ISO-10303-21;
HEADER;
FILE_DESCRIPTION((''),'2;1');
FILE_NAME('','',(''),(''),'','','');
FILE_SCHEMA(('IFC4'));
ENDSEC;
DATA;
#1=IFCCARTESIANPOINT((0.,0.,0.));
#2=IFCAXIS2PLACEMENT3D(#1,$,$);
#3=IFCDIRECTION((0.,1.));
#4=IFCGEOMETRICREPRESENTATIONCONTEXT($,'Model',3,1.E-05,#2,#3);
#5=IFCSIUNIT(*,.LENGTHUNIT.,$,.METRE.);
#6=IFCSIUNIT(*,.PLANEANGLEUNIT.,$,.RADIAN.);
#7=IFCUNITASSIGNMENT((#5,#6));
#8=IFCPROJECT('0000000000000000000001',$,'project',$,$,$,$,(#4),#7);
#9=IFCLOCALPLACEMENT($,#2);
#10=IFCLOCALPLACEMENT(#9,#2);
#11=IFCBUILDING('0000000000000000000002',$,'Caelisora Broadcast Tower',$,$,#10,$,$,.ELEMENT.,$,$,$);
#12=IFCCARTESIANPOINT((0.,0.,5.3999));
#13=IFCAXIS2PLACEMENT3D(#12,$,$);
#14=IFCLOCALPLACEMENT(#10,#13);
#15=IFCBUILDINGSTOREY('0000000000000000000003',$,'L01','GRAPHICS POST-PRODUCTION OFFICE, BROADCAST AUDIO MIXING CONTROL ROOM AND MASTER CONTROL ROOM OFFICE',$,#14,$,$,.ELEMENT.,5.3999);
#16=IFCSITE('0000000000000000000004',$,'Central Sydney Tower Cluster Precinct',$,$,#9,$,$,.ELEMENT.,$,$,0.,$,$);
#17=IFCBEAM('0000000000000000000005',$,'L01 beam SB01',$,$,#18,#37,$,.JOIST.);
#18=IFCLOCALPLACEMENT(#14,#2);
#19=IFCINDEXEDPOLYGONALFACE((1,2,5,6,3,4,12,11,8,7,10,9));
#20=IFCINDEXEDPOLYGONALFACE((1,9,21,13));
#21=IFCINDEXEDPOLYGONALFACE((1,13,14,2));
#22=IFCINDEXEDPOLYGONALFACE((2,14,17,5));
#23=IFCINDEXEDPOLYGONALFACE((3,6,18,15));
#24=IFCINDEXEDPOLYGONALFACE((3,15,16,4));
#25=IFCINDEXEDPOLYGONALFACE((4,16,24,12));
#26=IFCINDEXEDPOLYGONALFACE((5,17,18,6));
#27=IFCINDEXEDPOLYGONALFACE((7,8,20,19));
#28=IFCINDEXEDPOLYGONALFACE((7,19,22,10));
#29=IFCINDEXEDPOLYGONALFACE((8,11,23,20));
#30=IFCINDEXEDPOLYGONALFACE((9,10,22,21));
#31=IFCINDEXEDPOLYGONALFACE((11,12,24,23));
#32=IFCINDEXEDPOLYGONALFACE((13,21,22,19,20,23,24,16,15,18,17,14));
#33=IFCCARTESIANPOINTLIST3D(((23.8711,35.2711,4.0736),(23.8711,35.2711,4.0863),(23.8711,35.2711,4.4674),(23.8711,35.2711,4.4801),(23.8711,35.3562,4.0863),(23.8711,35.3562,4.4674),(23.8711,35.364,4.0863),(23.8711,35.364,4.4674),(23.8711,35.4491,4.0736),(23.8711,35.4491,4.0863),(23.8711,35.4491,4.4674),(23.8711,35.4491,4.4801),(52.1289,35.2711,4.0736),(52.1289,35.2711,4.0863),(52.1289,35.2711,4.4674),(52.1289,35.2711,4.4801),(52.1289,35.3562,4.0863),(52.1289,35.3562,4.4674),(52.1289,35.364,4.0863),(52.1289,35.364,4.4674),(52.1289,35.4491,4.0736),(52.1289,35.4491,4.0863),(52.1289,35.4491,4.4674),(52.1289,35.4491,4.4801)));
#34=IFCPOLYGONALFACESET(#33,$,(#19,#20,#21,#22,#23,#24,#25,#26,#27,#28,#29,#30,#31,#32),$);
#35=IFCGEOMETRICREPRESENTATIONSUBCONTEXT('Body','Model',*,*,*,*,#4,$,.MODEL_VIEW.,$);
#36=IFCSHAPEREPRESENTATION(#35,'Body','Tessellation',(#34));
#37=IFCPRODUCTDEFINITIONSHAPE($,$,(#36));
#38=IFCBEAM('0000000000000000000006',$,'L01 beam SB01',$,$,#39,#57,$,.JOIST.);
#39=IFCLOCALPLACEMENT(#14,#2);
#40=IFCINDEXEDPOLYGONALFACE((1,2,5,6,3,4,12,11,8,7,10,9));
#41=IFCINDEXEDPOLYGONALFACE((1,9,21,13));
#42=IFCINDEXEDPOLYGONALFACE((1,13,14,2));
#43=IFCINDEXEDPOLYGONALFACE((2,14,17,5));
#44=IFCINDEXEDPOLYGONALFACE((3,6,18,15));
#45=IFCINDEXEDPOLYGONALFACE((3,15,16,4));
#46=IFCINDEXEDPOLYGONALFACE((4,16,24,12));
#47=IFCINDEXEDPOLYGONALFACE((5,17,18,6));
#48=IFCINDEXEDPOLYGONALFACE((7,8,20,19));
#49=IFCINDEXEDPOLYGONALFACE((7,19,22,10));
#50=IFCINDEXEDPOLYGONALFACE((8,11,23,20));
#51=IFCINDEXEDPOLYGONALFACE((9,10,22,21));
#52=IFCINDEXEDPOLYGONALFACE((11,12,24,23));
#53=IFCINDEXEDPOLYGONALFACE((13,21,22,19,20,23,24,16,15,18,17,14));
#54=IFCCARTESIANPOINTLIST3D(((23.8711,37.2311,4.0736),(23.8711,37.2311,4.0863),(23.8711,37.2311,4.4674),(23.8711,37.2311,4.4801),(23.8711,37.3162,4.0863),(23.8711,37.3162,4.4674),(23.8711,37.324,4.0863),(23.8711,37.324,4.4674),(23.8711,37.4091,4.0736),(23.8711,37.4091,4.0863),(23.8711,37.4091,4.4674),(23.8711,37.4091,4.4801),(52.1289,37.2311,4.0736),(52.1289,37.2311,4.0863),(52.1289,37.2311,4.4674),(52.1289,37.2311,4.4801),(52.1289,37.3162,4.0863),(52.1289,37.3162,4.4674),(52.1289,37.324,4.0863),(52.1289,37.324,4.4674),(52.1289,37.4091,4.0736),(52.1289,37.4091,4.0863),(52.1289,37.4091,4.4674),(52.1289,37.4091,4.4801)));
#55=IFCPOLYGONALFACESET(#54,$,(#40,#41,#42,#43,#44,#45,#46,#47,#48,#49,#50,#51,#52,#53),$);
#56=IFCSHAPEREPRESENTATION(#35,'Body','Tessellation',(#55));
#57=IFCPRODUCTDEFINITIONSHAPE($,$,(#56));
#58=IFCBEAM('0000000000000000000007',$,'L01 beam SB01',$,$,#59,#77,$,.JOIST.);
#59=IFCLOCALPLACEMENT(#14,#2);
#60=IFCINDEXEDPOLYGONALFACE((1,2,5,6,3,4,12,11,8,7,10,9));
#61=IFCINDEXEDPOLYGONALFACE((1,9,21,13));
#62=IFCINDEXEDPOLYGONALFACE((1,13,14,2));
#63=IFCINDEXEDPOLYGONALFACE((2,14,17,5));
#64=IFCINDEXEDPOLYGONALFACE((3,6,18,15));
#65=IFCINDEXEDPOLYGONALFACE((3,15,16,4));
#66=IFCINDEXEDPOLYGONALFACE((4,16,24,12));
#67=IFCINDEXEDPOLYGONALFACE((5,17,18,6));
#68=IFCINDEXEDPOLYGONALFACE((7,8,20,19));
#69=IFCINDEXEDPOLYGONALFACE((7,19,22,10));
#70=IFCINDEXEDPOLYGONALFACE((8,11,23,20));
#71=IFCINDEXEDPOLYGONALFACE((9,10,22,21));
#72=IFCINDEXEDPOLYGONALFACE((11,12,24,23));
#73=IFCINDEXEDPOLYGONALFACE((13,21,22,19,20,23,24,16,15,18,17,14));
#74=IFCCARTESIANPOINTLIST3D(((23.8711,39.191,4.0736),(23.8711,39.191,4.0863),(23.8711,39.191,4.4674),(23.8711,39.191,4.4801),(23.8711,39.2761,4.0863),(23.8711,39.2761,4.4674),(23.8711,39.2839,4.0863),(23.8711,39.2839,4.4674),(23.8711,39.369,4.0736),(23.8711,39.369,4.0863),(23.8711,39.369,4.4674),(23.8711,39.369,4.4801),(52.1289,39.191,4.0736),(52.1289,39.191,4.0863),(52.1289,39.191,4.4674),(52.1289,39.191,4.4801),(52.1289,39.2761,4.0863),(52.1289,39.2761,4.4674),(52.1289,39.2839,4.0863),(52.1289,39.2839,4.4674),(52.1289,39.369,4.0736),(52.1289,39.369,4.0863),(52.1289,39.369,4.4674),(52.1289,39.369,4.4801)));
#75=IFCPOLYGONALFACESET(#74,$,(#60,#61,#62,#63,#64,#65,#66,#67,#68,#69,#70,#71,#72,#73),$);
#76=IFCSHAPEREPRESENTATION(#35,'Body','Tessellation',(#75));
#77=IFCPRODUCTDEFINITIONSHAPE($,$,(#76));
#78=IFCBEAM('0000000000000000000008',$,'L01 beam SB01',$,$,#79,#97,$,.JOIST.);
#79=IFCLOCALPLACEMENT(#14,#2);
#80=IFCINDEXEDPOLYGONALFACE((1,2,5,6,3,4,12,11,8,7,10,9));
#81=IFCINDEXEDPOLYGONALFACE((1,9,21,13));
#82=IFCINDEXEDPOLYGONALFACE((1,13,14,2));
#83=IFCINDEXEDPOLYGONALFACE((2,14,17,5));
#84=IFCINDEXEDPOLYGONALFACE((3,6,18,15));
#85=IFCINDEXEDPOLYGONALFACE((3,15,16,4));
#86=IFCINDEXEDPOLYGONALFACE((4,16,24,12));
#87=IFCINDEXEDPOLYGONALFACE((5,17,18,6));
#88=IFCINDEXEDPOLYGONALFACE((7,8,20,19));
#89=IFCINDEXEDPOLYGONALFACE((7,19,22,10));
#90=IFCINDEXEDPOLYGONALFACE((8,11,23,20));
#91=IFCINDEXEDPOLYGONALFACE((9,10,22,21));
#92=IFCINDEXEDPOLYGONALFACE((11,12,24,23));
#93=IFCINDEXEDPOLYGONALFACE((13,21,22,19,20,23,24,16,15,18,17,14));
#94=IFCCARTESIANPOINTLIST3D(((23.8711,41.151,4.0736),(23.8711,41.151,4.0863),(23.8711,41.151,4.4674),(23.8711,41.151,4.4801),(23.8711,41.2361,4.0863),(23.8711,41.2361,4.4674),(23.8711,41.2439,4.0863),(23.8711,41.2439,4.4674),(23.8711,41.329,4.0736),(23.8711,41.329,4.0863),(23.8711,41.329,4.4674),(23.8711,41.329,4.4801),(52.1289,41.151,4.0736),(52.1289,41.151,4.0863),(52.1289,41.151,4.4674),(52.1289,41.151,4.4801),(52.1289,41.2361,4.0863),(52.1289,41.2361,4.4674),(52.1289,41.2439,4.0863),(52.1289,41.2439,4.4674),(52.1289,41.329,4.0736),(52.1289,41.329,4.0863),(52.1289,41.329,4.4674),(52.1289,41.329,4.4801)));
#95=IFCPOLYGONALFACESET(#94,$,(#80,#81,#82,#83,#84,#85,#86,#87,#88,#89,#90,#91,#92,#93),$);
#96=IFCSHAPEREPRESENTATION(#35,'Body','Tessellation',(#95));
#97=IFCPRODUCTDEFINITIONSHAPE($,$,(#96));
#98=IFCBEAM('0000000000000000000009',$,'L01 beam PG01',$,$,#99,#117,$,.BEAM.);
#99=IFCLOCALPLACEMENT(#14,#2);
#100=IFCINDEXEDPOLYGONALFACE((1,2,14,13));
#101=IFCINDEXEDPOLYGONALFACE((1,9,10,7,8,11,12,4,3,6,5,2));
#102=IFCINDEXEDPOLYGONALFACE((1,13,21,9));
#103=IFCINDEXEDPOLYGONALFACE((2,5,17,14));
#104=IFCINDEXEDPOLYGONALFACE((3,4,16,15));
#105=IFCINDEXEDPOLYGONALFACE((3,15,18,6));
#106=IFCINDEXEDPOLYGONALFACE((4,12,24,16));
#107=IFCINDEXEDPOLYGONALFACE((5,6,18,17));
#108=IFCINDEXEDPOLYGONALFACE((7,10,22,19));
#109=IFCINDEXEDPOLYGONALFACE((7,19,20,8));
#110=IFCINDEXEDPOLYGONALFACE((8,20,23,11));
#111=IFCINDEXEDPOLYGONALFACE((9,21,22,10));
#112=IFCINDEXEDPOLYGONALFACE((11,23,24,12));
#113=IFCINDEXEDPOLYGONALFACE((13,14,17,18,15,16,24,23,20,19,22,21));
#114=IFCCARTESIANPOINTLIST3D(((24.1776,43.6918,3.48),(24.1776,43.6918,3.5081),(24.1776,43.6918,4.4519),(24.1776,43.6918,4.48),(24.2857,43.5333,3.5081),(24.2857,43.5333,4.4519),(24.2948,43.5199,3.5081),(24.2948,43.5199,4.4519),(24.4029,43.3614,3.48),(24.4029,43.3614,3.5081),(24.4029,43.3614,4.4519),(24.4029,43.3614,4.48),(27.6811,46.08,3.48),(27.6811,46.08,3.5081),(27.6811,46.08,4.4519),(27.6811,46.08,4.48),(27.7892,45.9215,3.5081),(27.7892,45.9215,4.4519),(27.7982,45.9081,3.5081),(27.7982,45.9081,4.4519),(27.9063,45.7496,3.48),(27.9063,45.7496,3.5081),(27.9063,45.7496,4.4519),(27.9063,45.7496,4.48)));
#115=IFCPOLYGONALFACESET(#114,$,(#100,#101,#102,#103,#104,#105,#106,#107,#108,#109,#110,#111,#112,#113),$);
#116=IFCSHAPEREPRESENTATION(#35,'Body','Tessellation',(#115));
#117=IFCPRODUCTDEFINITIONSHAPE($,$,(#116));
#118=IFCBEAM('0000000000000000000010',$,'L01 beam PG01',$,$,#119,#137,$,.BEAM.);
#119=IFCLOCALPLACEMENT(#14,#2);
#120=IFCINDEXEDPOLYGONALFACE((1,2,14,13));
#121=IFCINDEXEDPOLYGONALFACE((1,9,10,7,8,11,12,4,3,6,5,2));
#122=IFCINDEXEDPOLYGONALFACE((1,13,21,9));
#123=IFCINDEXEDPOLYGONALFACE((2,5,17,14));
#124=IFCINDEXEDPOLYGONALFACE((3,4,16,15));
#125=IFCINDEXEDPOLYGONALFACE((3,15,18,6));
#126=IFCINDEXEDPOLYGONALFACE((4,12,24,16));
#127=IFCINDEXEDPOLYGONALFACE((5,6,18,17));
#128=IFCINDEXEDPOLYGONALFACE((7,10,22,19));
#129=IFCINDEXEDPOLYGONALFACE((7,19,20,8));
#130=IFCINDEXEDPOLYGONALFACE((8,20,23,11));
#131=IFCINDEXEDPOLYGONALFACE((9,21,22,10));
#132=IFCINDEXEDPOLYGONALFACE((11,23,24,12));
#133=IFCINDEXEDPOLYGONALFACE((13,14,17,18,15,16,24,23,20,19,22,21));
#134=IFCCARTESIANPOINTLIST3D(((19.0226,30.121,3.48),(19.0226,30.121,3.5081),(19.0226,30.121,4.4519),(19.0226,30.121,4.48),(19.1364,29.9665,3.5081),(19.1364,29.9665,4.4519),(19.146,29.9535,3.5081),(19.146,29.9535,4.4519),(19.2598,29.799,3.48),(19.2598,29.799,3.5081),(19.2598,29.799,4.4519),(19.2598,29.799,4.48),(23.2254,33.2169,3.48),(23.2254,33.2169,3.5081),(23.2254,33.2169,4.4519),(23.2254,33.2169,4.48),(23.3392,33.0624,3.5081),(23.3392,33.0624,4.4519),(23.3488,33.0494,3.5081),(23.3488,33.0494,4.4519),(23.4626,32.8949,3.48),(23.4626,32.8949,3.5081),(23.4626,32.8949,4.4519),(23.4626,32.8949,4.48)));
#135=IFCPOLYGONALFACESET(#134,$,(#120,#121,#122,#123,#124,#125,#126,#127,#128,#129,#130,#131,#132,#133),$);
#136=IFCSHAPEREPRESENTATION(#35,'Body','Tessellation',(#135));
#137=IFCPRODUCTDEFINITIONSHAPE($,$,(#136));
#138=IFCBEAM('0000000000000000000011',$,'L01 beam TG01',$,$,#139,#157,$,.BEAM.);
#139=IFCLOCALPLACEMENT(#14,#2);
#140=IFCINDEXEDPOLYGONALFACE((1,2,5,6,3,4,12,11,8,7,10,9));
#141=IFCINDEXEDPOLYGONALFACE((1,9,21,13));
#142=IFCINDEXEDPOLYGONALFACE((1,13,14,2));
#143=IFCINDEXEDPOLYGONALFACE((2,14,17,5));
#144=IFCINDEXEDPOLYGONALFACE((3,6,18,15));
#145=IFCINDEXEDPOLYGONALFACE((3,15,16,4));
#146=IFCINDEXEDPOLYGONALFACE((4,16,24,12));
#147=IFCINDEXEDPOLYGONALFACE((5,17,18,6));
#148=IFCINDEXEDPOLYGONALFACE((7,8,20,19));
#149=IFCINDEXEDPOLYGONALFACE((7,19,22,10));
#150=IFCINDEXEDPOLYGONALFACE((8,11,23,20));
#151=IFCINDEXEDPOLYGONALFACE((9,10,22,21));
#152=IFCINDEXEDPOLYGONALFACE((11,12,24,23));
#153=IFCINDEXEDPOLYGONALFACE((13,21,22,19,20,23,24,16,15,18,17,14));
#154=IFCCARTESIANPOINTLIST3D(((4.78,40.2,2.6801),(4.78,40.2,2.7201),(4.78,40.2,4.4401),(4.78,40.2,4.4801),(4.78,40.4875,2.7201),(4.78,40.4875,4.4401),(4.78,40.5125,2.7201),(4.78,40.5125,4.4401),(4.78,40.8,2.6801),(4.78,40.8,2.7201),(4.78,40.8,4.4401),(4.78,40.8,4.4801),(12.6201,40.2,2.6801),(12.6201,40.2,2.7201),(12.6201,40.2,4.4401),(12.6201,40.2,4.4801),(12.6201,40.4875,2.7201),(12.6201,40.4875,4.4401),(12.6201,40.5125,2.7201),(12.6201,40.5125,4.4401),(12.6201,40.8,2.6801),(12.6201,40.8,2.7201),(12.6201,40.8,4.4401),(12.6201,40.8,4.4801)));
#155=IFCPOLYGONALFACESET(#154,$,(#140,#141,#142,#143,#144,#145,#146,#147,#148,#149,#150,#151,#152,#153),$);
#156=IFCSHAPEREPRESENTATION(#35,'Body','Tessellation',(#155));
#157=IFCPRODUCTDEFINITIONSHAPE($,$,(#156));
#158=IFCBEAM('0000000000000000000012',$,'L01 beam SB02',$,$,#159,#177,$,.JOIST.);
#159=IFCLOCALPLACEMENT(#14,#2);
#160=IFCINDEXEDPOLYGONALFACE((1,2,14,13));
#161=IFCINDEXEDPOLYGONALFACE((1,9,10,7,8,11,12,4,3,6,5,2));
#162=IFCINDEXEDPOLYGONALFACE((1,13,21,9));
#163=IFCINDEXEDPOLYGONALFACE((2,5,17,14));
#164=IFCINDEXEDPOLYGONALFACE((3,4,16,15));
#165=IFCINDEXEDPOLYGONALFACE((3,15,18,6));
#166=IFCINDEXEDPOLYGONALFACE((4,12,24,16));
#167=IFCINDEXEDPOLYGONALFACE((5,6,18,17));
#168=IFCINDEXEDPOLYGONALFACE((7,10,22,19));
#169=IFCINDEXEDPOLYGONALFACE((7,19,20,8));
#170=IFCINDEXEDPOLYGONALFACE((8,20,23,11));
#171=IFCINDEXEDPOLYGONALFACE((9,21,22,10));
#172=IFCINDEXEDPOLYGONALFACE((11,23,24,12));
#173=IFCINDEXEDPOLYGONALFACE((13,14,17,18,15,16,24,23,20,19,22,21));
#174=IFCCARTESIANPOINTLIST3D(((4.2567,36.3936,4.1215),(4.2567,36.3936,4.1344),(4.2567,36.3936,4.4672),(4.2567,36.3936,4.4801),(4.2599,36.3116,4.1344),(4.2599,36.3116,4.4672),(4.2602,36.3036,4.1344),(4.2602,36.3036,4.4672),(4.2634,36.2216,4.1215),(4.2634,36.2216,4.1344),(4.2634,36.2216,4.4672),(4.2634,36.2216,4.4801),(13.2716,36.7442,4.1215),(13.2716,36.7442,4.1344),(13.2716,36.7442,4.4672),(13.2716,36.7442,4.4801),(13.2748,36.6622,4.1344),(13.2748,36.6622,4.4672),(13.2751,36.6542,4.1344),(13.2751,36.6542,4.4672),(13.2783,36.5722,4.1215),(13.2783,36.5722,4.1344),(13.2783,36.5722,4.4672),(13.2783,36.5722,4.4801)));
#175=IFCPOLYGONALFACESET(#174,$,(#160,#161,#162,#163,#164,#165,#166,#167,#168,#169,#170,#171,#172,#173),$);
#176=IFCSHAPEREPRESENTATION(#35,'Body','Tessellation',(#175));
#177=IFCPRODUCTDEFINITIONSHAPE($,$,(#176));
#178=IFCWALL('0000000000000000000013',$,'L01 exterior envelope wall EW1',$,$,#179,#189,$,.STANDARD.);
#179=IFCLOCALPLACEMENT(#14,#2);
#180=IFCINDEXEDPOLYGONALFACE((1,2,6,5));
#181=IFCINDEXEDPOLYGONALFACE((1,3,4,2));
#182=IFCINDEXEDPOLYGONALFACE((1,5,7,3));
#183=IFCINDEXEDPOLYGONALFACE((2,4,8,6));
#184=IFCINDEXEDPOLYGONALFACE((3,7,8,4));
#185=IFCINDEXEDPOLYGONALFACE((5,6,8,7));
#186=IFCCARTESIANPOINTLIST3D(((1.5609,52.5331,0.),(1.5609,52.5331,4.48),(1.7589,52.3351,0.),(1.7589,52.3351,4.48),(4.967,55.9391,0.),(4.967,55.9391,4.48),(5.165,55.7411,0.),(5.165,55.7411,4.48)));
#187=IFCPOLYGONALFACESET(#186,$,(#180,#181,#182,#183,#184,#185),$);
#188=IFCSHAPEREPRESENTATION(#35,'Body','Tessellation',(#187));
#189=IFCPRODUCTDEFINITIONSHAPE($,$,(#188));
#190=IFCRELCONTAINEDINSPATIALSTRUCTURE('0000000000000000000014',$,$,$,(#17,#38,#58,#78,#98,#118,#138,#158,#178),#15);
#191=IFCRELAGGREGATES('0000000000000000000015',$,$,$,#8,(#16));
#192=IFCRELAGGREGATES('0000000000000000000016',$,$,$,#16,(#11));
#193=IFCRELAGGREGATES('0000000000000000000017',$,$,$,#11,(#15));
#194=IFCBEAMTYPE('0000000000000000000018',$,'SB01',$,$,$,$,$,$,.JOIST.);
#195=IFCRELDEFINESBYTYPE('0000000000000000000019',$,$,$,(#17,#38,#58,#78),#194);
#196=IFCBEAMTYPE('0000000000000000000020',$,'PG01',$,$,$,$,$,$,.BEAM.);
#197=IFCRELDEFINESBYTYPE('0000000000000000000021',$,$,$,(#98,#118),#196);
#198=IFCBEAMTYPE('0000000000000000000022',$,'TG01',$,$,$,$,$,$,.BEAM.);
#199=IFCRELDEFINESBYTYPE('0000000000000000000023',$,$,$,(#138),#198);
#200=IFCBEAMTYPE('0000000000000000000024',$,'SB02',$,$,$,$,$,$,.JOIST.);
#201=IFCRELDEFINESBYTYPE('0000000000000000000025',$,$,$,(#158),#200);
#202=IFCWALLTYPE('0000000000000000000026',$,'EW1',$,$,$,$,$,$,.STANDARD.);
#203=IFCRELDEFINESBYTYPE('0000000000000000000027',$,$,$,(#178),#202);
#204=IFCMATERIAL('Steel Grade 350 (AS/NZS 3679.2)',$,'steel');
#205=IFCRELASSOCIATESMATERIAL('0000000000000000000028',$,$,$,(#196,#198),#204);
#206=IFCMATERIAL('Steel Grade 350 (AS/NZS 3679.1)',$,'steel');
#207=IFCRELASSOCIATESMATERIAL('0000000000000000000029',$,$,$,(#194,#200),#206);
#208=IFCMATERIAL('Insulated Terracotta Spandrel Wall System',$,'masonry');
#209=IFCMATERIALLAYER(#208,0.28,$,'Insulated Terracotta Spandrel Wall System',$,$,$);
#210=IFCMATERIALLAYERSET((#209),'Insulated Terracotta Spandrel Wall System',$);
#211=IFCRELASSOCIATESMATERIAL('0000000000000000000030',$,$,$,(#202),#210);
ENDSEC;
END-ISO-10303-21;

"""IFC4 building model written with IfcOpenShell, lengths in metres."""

from ifc_helpers import new_model, si_unit, direction, frame, frame_2d, origin, origin_2d, place, context, subcontext, project, spatial, rectangle, i_section, extrude, source, transform, mapped, material, layer, layer_set, material_profile, profile_set, type_object, type_shapes, element, save


model = new_model("IFC4")

# Units and contexts
model_context = context("Model", 3, precision=1e-05, world=origin(), true_north=direction((0.0, 1.0)))
body_context = subcontext(model_context, "Body", "Model", "MODEL_VIEW")
ifc_project = project(units=[si_unit("LENGTHUNIT", "METRE"), si_unit("PLANEANGLEUNIT", "RADIAN")], contexts=[model_context])

# Site, building, storey
site_placement = place(None, origin())
site = spatial("IfcSite", under=ifc_project, at=site_placement, Name="Central Sydney Tower Cluster Precinct", CompositionType="ELEMENT", RefElevation=0.0)
building_placement = place(site_placement, origin())
building = spatial("IfcBuilding", under=site, at=building_placement, Name="Caelisora Broadcast Tower", CompositionType="ELEMENT")
storey_placement = place(building_placement, frame((0.0, 0.0, 5.3999)))
storey = spatial("IfcBuildingStorey", under=building, at=storey_placement, Name="L01", Description="GRAPHICS POST-PRODUCTION OFFICE, BROADCAST AUDIO MIXING CONTROL ROOM AND MASTER CONTROL ROOM OFFICE", CompositionType="ELEMENT", Elevation=5.3999)

# Beams
ifc_material_1 = material(Name="Steel Grade 350 (AS/NZS 3679.1)", Category="steel")
ifc_material_2 = material(Name="Steel Grade 350 (AS/NZS 3679.2)", Category="steel")
ifc_material_profile_1 = material_profile(ifc_material_2, i_section(OverallWidth=0.3999, OverallDepth=1.0, WebThickness=0.0161, FlangeThickness=0.0281, at=origin_2d()), Name="Steel Grade 350 (AS/NZS 3679.2)")
ifc_profile_set_1 = profile_set([ifc_material_profile_1], Name="Steel Grade 350 (AS/NZS 3679.2)")
beam_type_1 = type_object("IfcBeamType", Name="PG01", PredefinedType="BEAM", material=ifc_profile_set_1)
ifc_material_profile_2 = material_profile(ifc_material_1, i_section(OverallWidth=0.178, OverallDepth=0.4065, WebThickness=0.0078, FlangeThickness=0.0127, at=origin_2d()), Name="Steel Grade 350 (AS/NZS 3679.1)")
ifc_profile_set_2 = profile_set([ifc_material_profile_2], Name="Steel Grade 350 (AS/NZS 3679.1)")
beam_type_2 = type_object("IfcBeamType", Name="SB01", PredefinedType="JOIST", material=ifc_profile_set_2)
shared_shape_1 = source(origin(), body_context, "Body", "SweptSolid", [
    extrude(i_section(OverallWidth=0.178, OverallDepth=0.4065, WebThickness=0.0078, FlangeThickness=0.0127, at=origin_2d()), origin(), (0.0, 0.0, 1.0), 28.2578),
])
type_shapes(beam_type_2, [shared_shape_1])
for number, where, z_axis, x_axis, name in (
    (1, (23.8711, 35.3601, 4.2769), (1.0, 0.0, 0.0), (0.0, 1.0, 0.0), "L01 beam SB01"),
    (2, (23.8711, 37.3201, 4.2769), (1.0, 0.0, 0.0), (0.0, 1.0, 0.0), "L01 beam SB01"),
    (3, (23.8711, 39.28, 4.2769), (1.0, 0.0, 0.0), (0.0, 1.0, 0.0), "L01 beam SB01"),
    (4, (23.8711, 41.24, 4.2769), (1.0, 0.0, 0.0), (0.0, 1.0, 0.0), "L01 beam SB01"),
):
    element("IfcBeam", number, at=place(storey_placement, frame(where, z_axis=z_axis, x_axis=x_axis)), inside=storey, type_object=beam_type_2, Name=name, PredefinedType="JOIST", context=body_context, shape_type="MappedRepresentation", body=[
        mapped(shared_shape_1, transform((0.0, 0.0, 0.0), scale=1.0)),
    ])
shared_shape_2 = source(origin(), body_context, "Body", "SweptSolid", [
    extrude(i_section(OverallWidth=0.3999, OverallDepth=1.0, WebThickness=0.0161, FlangeThickness=0.0281, at=origin_2d()), origin(), (0.0, 0.0, 1.0), 4.24),
])
beam_1_placement = place(storey_placement, frame((27.7937, 45.9148, 3.98), z_axis=(-0.826283, -0.563255, 0.0), x_axis=(0.563255, -0.826283, 0.0)))
element("IfcBeam", 5, at=beam_1_placement, inside=storey, type_object=beam_type_1, Name="L01 beam PG01", PredefinedType="BEAM", context=body_context, shape_type="MappedRepresentation", body=[
    mapped(shared_shape_2, transform((0.0, 0.0, 0.0), scale=1.0)),
])
shared_shape_3 = source(origin(), body_context, "Body", "SweptSolid", [
    extrude(i_section(OverallWidth=0.3999, OverallDepth=1.0, WebThickness=0.0161, FlangeThickness=0.0281, at=origin_2d()), origin(), (0.0, 0.0, 1.0), 5.22),
])
beam_2_placement = place(storey_placement, frame((23.344, 33.0559, 3.98), z_axis=(-0.805139, -0.593086, 0.0), x_axis=(0.593086, -0.805139, 0.0)))
element("IfcBeam", 6, at=beam_2_placement, inside=storey, type_object=beam_type_1, Name="L01 beam PG01", PredefinedType="BEAM", context=body_context, shape_type="MappedRepresentation", body=[
    mapped(shared_shape_3, transform((0.0, 0.0, 0.0), scale=1.0)),
])
ifc_material_profile_3 = material_profile(ifc_material_2, i_section(OverallWidth=0.6001, OverallDepth=1.8, WebThickness=0.0249, FlangeThickness=0.04, at=origin_2d()), Name="Steel Grade 350 (AS/NZS 3679.2)")
ifc_profile_set_3 = profile_set([ifc_material_profile_3], Name="Steel Grade 350 (AS/NZS 3679.2)")
beam_type_3 = type_object("IfcBeamType", Name="TG01", PredefinedType="BEAM", material=ifc_profile_set_3)
shared_shape_4 = source(origin(), body_context, "Body", "SweptSolid", [
    extrude(i_section(OverallWidth=0.6001, OverallDepth=1.8, WebThickness=0.0249, FlangeThickness=0.04, at=origin_2d()), origin(), (0.0, 0.0, 1.0), 7.8401),
])
type_shapes(beam_type_3, [shared_shape_4])
beam_3_placement = place(storey_placement, frame((4.78, 40.5, 3.5801), z_axis=(1.0, 0.0, 0.0), x_axis=(0.0, 1.0, 0.0)))
element("IfcBeam", 7, at=beam_3_placement, inside=storey, type_object=beam_type_3, Name="L01 beam TG01", PredefinedType="BEAM", context=body_context, shape_type="MappedRepresentation", body=[
    mapped(shared_shape_4, transform((0.0, 0.0, 0.0), scale=1.0)),
])
ifc_material_profile_4 = material_profile(ifc_material_1, i_section(OverallWidth=0.1721, OverallDepth=0.3586, WebThickness=0.0081, FlangeThickness=0.0129, at=origin_2d()), Name="Steel Grade 350 (AS/NZS 3679.1)")
ifc_profile_set_4 = profile_set([ifc_material_profile_4], Name="Steel Grade 350 (AS/NZS 3679.1)")
beam_type_4 = type_object("IfcBeamType", Name="SB02", PredefinedType="JOIST", material=ifc_profile_set_4)
shared_shape_5 = source(origin(), body_context, "Body", "SweptSolid", [
    extrude(i_section(OverallWidth=0.1721, OverallDepth=0.3586, WebThickness=0.0081, FlangeThickness=0.0129, at=origin_2d()), origin(), (0.0, 0.0, 1.0), 9.0217),
])
type_shapes(beam_type_4, [shared_shape_5])
beam_4_placement = place(storey_placement, frame((4.26, 36.3076, 4.3008), z_axis=(0.999245, 0.03886, 0.0), x_axis=(-0.03886, 0.999245, 0.0)))
element("IfcBeam", 8, at=beam_4_placement, inside=storey, type_object=beam_type_4, Name="L01 beam SB02", PredefinedType="JOIST", context=body_context, shape_type="MappedRepresentation", body=[
    mapped(shared_shape_5, transform((0.0, 0.0, 0.0), scale=1.0)),
])

# Wall
ifc_material_3 = material(Name="Insulated Terracotta Spandrel Wall System", Category="masonry")
ifc_layer_1 = layer(ifc_material_3, 0.28, Name="Insulated Terracotta Spandrel Wall System")
ifc_layer_set_1 = layer_set([ifc_layer_1], Name="Insulated Terracotta Spandrel Wall System")
wall_type_1 = type_object("IfcWallType", Name="EW1", PredefinedType="STANDARD", material=ifc_layer_set_1)
wall_1_placement = place(storey_placement, frame((1.6599, 52.4341, 0.0), z_axis=(0.0, 0.0, 1.0), x_axis=(0.707107, 0.707107, 0.0)))
element("IfcWall", 9, at=wall_1_placement, inside=storey, type_object=wall_type_1, Name="L01 exterior envelope wall EW1", PredefinedType="STANDARD", context=body_context, shape_type="SweptSolid", body=[
    extrude(rectangle(XDim=4.8169, YDim=0.28, at=frame_2d((2.4084, 0.0))), origin(), (0.0, 0.0, 1.0), 4.48),
])

save(model, "model.ifc")
